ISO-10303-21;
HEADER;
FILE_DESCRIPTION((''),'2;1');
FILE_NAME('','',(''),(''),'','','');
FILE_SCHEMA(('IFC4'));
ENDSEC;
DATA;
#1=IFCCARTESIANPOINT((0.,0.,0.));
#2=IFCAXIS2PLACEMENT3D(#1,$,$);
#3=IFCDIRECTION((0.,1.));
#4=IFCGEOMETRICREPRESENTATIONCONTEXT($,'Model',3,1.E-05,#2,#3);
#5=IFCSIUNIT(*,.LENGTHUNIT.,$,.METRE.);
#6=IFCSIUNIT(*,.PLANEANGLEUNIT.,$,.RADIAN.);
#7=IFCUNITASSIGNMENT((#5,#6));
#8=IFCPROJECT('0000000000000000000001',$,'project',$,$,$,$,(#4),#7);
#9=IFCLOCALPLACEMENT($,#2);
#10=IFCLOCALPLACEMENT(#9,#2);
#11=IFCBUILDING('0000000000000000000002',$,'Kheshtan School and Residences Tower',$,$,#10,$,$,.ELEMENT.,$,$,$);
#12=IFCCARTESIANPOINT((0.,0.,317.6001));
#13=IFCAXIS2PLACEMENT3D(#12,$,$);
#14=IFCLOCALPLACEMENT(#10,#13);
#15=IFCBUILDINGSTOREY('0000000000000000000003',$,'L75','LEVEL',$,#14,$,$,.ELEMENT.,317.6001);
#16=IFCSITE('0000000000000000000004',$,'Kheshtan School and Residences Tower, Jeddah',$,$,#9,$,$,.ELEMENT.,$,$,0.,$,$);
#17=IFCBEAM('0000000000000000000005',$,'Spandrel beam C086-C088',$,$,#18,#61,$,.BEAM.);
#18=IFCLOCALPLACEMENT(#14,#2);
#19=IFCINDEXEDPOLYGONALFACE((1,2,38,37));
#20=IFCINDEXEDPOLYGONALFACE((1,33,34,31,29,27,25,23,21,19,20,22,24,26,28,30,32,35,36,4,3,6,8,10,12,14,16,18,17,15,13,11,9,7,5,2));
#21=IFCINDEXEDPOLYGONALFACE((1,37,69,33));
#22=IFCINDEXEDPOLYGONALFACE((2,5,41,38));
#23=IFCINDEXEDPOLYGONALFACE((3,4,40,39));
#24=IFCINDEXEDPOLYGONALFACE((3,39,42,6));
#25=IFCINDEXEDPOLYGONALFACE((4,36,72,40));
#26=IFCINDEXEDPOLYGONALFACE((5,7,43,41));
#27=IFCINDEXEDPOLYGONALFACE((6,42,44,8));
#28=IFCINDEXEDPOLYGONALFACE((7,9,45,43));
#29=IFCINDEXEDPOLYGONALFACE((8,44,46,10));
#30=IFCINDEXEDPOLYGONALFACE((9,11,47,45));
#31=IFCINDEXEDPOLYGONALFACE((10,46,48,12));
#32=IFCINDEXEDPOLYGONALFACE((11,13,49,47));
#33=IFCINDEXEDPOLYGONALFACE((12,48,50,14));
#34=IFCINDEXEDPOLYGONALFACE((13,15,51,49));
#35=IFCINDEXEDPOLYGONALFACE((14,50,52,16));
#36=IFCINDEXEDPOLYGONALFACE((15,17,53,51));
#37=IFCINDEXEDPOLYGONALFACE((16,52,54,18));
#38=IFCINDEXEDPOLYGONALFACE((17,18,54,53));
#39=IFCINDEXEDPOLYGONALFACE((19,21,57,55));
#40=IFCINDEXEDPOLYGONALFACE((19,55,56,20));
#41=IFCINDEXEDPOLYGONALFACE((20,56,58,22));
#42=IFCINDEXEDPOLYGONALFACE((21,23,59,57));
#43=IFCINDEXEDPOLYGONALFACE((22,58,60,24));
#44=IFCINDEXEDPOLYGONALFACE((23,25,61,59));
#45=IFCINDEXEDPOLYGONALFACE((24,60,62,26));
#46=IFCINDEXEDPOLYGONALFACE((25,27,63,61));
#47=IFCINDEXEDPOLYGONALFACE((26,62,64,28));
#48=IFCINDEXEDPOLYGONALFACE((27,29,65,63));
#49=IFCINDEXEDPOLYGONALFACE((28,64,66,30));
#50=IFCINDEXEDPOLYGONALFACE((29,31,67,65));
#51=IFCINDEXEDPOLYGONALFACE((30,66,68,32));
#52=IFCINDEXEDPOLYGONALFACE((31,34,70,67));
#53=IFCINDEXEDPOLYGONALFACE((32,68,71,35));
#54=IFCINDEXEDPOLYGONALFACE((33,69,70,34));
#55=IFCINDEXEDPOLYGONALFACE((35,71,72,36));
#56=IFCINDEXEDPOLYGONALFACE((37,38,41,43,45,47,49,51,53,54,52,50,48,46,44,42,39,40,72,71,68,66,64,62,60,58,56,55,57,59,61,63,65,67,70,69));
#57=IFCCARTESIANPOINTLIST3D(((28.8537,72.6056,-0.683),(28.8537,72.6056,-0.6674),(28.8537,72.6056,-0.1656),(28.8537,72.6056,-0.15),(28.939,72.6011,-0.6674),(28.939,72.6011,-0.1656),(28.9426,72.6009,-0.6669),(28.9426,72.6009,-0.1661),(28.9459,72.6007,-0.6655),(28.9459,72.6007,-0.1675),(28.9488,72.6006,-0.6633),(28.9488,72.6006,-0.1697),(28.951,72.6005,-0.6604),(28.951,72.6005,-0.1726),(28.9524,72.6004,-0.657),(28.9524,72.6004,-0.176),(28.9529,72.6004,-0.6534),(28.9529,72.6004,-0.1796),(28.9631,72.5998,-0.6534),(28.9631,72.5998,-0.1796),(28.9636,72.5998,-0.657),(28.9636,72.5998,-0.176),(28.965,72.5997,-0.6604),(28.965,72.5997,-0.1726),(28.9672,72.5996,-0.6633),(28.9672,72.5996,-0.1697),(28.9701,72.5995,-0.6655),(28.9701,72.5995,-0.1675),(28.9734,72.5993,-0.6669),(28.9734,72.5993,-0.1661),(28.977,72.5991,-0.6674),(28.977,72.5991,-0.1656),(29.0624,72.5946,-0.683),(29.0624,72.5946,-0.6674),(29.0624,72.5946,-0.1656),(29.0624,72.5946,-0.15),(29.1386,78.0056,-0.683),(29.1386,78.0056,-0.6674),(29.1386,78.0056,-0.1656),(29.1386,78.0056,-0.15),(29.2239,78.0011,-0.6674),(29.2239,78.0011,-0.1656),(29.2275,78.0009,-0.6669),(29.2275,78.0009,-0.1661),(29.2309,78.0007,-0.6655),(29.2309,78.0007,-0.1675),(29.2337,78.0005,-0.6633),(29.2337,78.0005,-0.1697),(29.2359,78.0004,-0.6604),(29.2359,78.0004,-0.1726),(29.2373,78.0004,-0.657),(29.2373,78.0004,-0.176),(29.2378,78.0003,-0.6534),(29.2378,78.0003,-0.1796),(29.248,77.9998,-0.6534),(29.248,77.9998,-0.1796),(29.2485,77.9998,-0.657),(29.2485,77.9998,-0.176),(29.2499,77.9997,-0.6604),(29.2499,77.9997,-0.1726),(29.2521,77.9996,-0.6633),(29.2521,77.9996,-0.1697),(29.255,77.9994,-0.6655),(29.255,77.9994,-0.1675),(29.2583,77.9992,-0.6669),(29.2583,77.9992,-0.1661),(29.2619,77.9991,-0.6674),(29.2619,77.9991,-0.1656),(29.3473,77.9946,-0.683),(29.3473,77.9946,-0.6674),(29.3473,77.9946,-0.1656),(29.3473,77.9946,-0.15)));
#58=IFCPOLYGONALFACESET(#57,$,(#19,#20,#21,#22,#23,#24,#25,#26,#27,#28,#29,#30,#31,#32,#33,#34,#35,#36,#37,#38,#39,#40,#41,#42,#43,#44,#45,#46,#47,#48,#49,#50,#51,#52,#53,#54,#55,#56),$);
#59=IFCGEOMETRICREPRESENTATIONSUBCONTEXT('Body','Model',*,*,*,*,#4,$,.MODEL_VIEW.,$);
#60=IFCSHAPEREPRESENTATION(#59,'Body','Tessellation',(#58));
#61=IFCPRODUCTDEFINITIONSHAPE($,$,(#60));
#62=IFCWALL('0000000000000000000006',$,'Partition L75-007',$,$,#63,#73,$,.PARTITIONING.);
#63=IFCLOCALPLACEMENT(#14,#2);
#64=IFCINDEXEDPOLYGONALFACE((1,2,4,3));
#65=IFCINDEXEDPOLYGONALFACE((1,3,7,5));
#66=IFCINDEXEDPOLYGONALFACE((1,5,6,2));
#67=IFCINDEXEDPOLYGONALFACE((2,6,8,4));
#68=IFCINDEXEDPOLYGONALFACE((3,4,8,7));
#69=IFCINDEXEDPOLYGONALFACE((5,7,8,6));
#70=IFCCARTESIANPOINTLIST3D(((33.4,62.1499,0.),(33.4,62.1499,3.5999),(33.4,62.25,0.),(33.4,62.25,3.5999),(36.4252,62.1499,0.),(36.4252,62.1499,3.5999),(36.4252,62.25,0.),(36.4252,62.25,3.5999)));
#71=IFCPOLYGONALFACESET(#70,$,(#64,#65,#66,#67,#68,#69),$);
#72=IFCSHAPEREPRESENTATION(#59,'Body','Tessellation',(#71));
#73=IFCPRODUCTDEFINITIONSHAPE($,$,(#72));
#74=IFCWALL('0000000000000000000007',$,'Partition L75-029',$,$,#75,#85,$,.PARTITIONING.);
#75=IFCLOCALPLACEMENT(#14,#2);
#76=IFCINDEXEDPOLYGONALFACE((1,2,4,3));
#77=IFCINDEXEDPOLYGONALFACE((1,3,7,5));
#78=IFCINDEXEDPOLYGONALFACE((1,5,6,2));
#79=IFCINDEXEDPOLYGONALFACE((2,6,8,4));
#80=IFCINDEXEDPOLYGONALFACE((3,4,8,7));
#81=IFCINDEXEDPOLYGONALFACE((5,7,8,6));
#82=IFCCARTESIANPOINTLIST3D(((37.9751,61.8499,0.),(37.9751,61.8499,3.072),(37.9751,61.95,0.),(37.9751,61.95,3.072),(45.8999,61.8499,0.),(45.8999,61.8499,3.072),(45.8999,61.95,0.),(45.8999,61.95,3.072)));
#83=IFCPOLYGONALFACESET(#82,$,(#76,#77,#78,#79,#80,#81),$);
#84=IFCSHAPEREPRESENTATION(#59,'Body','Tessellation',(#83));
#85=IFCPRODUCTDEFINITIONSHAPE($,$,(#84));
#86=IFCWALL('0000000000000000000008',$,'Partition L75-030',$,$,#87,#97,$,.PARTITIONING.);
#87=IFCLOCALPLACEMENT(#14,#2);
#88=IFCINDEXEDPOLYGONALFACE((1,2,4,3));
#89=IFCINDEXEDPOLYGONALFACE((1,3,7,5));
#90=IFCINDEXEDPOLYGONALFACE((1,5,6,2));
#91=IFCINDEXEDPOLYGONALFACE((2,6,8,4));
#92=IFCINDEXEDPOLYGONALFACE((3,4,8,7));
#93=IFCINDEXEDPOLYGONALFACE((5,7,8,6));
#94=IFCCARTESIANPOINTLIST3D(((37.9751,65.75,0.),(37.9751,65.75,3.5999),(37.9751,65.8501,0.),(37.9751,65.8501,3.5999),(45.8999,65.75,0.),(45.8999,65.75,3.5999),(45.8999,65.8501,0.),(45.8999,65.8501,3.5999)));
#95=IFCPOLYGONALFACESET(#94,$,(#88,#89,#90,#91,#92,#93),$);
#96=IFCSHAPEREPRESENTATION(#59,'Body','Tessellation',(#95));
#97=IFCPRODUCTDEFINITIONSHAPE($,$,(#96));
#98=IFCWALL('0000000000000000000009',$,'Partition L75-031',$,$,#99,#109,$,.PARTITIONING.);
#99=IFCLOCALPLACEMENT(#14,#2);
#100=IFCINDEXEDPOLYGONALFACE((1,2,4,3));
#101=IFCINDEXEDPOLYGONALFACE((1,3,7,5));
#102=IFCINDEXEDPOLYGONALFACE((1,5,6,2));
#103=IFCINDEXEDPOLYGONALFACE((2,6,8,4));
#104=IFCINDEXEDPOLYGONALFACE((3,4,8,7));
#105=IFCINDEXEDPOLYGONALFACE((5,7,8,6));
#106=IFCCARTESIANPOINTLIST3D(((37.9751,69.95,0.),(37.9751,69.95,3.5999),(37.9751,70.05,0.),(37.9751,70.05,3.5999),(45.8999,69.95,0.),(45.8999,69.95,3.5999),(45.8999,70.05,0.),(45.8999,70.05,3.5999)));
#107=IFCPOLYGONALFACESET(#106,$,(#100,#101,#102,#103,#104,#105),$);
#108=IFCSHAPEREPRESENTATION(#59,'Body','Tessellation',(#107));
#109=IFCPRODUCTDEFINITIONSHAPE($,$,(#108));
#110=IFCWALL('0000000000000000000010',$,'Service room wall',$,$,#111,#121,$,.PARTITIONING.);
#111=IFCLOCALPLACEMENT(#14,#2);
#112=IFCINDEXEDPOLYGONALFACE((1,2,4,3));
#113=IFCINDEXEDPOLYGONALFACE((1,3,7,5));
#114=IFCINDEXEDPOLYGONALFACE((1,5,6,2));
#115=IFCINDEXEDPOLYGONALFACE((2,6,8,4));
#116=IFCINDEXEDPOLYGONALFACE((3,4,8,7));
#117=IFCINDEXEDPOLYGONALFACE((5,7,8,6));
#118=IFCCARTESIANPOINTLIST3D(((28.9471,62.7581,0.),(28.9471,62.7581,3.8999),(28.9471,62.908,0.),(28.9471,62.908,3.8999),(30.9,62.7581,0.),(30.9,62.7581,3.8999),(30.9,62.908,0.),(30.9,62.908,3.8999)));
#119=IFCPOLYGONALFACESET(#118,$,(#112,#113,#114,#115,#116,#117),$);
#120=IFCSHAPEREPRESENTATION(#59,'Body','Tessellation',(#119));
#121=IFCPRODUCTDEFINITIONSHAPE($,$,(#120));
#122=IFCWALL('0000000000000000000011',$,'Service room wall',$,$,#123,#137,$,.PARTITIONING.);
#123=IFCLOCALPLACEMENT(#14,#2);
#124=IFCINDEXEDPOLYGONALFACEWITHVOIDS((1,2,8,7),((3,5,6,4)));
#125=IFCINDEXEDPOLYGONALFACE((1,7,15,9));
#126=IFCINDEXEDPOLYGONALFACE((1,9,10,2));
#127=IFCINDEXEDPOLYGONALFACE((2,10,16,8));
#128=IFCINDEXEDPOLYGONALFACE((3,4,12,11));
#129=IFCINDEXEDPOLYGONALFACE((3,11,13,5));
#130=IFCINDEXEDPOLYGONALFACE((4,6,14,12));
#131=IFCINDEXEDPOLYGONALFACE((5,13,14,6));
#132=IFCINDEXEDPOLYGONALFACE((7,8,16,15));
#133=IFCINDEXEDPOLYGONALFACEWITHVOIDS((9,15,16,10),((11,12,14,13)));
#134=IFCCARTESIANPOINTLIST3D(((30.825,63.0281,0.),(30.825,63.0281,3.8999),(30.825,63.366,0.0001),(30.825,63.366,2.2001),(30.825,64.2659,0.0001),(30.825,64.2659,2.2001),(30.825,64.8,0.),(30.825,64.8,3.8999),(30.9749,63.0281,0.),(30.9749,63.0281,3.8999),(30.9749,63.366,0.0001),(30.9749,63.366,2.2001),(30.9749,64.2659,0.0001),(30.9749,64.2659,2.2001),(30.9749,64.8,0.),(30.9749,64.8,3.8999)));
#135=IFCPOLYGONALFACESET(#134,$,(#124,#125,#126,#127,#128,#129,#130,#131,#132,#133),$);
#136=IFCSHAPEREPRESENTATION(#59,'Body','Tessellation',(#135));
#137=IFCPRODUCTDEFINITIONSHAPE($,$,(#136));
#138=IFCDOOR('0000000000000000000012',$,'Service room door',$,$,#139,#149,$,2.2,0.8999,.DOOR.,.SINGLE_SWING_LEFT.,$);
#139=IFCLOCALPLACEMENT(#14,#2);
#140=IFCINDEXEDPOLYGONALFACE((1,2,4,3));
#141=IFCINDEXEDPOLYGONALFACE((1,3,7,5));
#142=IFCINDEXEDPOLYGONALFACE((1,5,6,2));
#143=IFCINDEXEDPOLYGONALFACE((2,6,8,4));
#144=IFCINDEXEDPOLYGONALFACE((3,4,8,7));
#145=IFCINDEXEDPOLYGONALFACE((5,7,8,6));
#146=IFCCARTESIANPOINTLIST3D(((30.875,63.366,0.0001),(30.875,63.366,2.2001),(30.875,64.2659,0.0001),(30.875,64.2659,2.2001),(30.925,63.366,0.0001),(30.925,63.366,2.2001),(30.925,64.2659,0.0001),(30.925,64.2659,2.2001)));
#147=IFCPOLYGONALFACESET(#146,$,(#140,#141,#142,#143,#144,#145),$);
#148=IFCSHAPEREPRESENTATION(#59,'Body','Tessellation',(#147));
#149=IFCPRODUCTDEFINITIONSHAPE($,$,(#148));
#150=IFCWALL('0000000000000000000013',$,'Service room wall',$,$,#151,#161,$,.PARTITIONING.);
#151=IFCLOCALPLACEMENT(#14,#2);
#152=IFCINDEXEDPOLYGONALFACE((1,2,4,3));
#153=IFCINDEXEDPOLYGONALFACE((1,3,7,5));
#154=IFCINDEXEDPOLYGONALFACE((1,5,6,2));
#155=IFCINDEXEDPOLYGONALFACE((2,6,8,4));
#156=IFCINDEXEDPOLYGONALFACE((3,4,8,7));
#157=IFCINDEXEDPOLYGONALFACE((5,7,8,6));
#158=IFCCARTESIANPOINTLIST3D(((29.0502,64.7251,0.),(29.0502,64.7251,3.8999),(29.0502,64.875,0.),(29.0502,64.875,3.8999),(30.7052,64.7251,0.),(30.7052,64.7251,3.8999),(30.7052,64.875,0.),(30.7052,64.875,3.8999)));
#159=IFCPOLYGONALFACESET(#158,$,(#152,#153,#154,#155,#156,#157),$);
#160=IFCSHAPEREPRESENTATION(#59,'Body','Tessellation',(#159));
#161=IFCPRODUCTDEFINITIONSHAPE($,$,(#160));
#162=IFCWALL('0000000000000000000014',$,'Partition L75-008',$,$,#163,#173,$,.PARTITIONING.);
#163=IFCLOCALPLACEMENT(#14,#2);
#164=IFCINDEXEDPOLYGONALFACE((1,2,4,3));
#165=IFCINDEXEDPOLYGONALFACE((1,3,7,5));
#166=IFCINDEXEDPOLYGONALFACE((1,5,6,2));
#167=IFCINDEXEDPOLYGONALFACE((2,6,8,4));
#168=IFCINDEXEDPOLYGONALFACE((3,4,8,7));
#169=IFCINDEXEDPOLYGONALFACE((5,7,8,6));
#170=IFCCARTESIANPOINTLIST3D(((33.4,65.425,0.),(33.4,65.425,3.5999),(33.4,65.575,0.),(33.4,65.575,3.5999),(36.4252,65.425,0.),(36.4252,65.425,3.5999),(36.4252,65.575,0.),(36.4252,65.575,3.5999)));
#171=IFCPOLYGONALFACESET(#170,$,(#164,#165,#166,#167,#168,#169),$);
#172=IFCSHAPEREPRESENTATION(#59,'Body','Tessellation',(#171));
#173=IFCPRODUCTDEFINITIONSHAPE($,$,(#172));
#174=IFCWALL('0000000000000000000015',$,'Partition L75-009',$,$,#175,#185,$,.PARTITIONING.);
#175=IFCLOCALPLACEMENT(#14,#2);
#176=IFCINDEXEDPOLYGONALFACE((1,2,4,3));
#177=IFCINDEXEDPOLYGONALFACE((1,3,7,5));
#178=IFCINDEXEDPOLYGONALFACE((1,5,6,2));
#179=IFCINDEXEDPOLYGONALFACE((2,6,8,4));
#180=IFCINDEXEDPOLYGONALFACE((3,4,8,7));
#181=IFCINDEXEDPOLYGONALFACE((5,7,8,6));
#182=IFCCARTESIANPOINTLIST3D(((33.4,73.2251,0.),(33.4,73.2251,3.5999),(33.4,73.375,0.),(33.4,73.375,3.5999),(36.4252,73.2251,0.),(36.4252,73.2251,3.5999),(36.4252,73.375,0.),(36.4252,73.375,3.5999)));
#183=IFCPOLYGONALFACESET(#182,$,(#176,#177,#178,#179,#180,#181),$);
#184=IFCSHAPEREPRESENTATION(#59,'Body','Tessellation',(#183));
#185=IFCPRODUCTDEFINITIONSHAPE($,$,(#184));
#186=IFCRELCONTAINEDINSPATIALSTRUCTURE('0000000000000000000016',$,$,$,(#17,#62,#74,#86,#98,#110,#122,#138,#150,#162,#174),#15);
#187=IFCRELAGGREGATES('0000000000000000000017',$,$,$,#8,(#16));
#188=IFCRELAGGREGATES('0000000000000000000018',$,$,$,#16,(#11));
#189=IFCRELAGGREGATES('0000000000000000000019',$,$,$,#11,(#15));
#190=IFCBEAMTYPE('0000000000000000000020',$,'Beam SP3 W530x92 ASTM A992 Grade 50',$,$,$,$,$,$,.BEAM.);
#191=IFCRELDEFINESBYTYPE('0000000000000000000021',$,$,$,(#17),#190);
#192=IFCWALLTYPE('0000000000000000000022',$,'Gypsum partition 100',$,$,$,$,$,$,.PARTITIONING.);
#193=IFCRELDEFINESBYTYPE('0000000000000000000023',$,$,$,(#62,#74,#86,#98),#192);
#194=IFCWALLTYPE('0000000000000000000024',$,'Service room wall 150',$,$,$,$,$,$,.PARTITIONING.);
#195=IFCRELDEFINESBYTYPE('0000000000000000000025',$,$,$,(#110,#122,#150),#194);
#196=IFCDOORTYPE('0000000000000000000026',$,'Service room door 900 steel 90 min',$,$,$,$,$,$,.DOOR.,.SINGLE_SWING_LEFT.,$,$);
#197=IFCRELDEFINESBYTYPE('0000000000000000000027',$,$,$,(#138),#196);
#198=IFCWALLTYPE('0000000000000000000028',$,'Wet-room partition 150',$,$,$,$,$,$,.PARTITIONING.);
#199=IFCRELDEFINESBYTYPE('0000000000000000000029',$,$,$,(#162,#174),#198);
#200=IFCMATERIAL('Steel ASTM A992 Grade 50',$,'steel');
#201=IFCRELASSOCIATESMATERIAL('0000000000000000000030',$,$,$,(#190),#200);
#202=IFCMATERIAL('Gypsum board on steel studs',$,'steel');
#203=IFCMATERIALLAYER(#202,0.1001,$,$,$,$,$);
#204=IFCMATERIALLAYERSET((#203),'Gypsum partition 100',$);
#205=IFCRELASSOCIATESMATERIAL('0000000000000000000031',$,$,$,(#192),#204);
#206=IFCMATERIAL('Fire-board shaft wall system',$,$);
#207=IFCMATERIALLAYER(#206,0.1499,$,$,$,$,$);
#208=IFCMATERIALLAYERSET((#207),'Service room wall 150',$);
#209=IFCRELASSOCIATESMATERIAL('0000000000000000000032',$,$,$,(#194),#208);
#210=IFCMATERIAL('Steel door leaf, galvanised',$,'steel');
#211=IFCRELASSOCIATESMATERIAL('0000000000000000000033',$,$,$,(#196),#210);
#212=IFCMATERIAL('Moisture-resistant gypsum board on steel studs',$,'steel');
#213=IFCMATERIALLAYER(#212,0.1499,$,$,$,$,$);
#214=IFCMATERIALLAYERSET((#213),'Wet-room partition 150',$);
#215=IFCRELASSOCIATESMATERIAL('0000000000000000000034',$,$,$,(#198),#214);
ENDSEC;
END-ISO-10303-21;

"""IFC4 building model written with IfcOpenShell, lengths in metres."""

from ifc_helpers import new_model, si_unit, direction, frame, frame_2d, origin, origin_2d, place, context, subcontext, project, spatial, rectangle, i_section, extrude, source, transform, mapped, material, layer, layer_set, material_profile, profile_set, type_object, element, fill, save


model = new_model("IFC4")

# Units and contexts
model_context = context("Model", 3, precision=1e-05, world=origin(), true_north=direction((0.0, 1.0)))
body_context = subcontext(model_context, "Body", "Model", "MODEL_VIEW")
ifc_project = project(units=[si_unit("LENGTHUNIT", "METRE"), si_unit("PLANEANGLEUNIT", "RADIAN")], contexts=[model_context])

# Site, building, storey
site_placement = place(None, origin())
site = spatial("IfcSite", under=ifc_project, at=site_placement, Name="Kheshtan School and Residences Tower, Jeddah", CompositionType="ELEMENT", RefElevation=0.0)
building_placement = place(site_placement, origin())
building = spatial("IfcBuilding", under=site, at=building_placement, Name="Kheshtan School and Residences Tower", CompositionType="ELEMENT")
storey_placement = place(building_placement, frame((0.0, 0.0, 317.6001)))
storey = spatial("IfcBuildingStorey", under=building, at=storey_placement, Name="L75", Description="LEVEL", CompositionType="ELEMENT", Elevation=317.6001)

# Shared definitions
ifc_material_1 = material(Name="Steel ASTM A992 Grade 50", Category="steel")

# Beam
ifc_material_profile_1 = material_profile(ifc_material_1, i_section(OverallWidth=0.209, OverallDepth=0.533, WebThickness=0.0103, FlangeThickness=0.0156, FilletRadius=0.0139, at=origin_2d()), Name="W530x92")
ifc_profile_set_1 = profile_set([ifc_material_profile_1], Name="Steel ASTM A992 Grade 50")
beam_type_1 = type_object("IfcBeamType", Name="Beam SP3 W530x92 ASTM A992 Grade 50", PredefinedType="BEAM", material=ifc_profile_set_1)
beam_1_placement = place(storey_placement, frame((28.958, 72.6001, -0.4165), z_axis=(0.052689, 0.998611, 0.0), x_axis=(-0.998611, 0.052689, 0.0)))
element("IfcBeam", 1, at=beam_1_placement, inside=storey, type_object=beam_type_1, Name="Spandrel beam C086-C088", PredefinedType="BEAM", context=body_context, shape_type="SweptSolid", body=[
    extrude(i_section(OverallWidth=0.209, OverallDepth=0.533, WebThickness=0.0103, FlangeThickness=0.0156, FilletRadius=0.0139, at=origin_2d()), origin(), (0.0, 0.0, 1.0), 5.4075),
])

# Walls
ifc_material_2 = material(Name="Gypsum board on steel studs", Category="steel")
ifc_layer_1 = layer(ifc_material_2, 0.1001)
ifc_layer_set_1 = layer_set([ifc_layer_1], Name="Gypsum partition 100")
wall_type_1 = type_object("IfcWallType", Name="Gypsum partition 100", PredefinedType="PARTITIONING", material=ifc_layer_set_1)
wall_1_placement = place(storey_placement, frame((33.3999, 62.2, 0.0), z_axis=(0.0, 0.0, 1.0), x_axis=(1.0, 0.0, 0.0)))
element("IfcWall", 2, at=wall_1_placement, inside=storey, type_object=wall_type_1, Name="Partition L75-007", PredefinedType="PARTITIONING", context=body_context, shape_type="SweptSolid", body=[
    extrude(rectangle(XDim=3.0251, YDim=0.1001, at=frame_2d((1.5127, 0.0))), origin(), (0.0, 0.0, 1.0), 3.5999),
])
wall_2_placement = place(storey_placement, frame((37.9751, 61.8999, 0.0), z_axis=(0.0, 0.0, 1.0), x_axis=(1.0, 0.0, 0.0)))
element("IfcWall", 3, at=wall_2_placement, inside=storey, type_object=wall_type_1, Name="Partition L75-029", PredefinedType="PARTITIONING", context=body_context, shape_type="SweptSolid", body=[
    extrude(rectangle(XDim=7.9248, YDim=0.1001, at=frame_2d((3.9624, 0.0))), origin(), (0.0, 0.0, 1.0), 3.072),
])
for number, where, z_axis, x_axis, name in (
    (4, (37.9751, 65.8, 0.0), (0.0, 0.0, 1.0), (1.0, 0.0, 0.0), "Partition L75-030"),
    (5, (37.9751, 70.0, 0.0), (0.0, 0.0, 1.0), (1.0, 0.0, 0.0), "Partition L75-031"),
):
    element("IfcWall", number, at=place(storey_placement, frame(where, z_axis=z_axis, x_axis=x_axis)), inside=storey, type_object=wall_type_1, Name=name, PredefinedType="PARTITIONING", context=body_context, shape_type="SweptSolid", body=[
        extrude(rectangle(XDim=7.9248, YDim=0.1001, at=frame_2d((3.9624, 0.0))), origin(), (0.0, 0.0, 1.0), 3.5999),
    ])
ifc_material_3 = material(Name="Fire-board shaft wall system")
ifc_layer_2 = layer(ifc_material_3, 0.1499)
ifc_layer_set_2 = layer_set([ifc_layer_2], Name="Service room wall 150")
wall_type_2 = type_object("IfcWallType", Name="Service room wall 150", PredefinedType="PARTITIONING", material=ifc_layer_set_2)
wall_3_placement = place(storey_placement, frame((28.947, 62.833, 0.0), z_axis=(0.0, 0.0, 1.0), x_axis=(1.0, 0.0, 0.0)))
element("IfcWall", 6, at=wall_3_placement, inside=storey, type_object=wall_type_2, Name="Service room wall", PredefinedType="PARTITIONING", context=body_context, shape_type="SweptSolid", body=[
    extrude(rectangle(XDim=1.9529, YDim=0.1499, at=frame_2d((0.9766, 0.0))), origin(), (0.0, 0.0, 1.0), 3.8999),
])

# Wall, opening, door
wall_4_placement = place(storey_placement, frame((30.8999, 63.0281, 0.0), z_axis=(0.0, 0.0, 1.0), x_axis=(0.0, 1.0, 0.0)))
wall_4 = element("IfcWall", 7, at=wall_4_placement, inside=storey, type_object=wall_type_2, Name="Service room wall", PredefinedType="PARTITIONING", context=body_context, shape_type="SweptSolid", body=[
    extrude(rectangle(XDim=1.772, YDim=0.1499, at=frame_2d((0.886, 0.0))), origin(), (0.0, 0.0, 1.0), 3.8999),
])
opening_1_placement = place(wall_4_placement, frame((0.3379, 0.0, 0.0)))
opening_1 = element("IfcOpeningElement", 8, at=opening_1_placement, cuts=wall_4, PredefinedType="OPENING", context=body_context, shape_type="SweptSolid", body=[
    extrude(rectangle(XDim=0.8999, YDim=2.2, at=frame_2d((0.45, 1.1001))), frame((0.0, 0.085, 0.0), z_axis=(0.0, -1.0, 0.0), x_axis=(1.0, 0.0, 0.0)), (0.0, 0.0, 1.0), 0.1699),
])
ifc_material_4 = material(Name="Steel door leaf, galvanised", Category="steel")
door_type_1 = type_object("IfcDoorType", Name="Service room door 900 steel 90 min", OperationType="SINGLE_SWING_LEFT", PredefinedType="DOOR", material=ifc_material_4)
shared_shape_1 = source(origin(), body_context, "Body", "SweptSolid", [
    extrude(rectangle(XDim=0.8999, YDim=2.2, at=frame_2d((0.45, 1.1001))), frame((0.0, 0.0249, 0.0), z_axis=(0.0, -1.0, 0.0), x_axis=(1.0, 0.0, 0.0)), (0.0, 0.0, 1.0), 0.05),
])
door_1_placement = place(opening_1_placement, origin())
door_1 = element("IfcDoor", 9, at=door_1_placement, inside=storey, type_object=door_type_1, Name="Service room door", OperationType="SINGLE_SWING_LEFT", OverallHeight=2.2, OverallWidth=0.8999, PredefinedType="DOOR", context=body_context, shape_type="MappedRepresentation", body=[
    mapped(shared_shape_1, transform((0.0, 0.0, 0.0), x_axis=(1.0, 0.0, 0.0), y_axis=(0.0, 1.0, 0.0), z_axis=(0.0, 0.0, 1.0), scale=1.0)),
])
fill(opening_1, door_1)

# Walls
wall_5_placement = place(storey_placement, frame((29.05, 64.8, 0.0), z_axis=(0.0, 0.0, 1.0), x_axis=(1.0, 0.0, 0.0)))
element("IfcWall", 10, at=wall_5_placement, inside=storey, type_object=wall_type_2, Name="Service room wall", PredefinedType="PARTITIONING", context=body_context, shape_type="SweptSolid", body=[
    extrude(rectangle(XDim=1.655, YDim=0.1499, at=frame_2d((0.8276, 0.0))), origin(), (0.0, 0.0, 1.0), 3.8999),
])
ifc_material_5 = material(Name="Moisture-resistant gypsum board on steel studs", Category="steel")
ifc_layer_3 = layer(ifc_material_5, 0.1499)
ifc_layer_set_3 = layer_set([ifc_layer_3], Name="Wet-room partition 150")
wall_type_3 = type_object("IfcWallType", Name="Wet-room partition 150", PredefinedType="PARTITIONING", material=ifc_layer_set_3)
for number, where, z_axis, x_axis, name in (
    (11, (33.3999, 65.5, 0.0), (0.0, 0.0, 1.0), (1.0, 0.0, 0.0), "Partition L75-008"),
    (12, (33.3999, 73.3, 0.0), (0.0, 0.0, 1.0), (1.0, 0.0, 0.0), "Partition L75-009"),
):
    element("IfcWall", number, at=place(storey_placement, frame(where, z_axis=z_axis, x_axis=x_axis)), inside=storey, type_object=wall_type_3, Name=name, PredefinedType="PARTITIONING", context=body_context, shape_type="SweptSolid", body=[
        extrude(rectangle(XDim=3.0251, YDim=0.1499, at=frame_2d((1.5127, 0.0))), origin(), (0.0, 0.0, 1.0), 3.5999),
    ])

save(model, "model.ifc")
